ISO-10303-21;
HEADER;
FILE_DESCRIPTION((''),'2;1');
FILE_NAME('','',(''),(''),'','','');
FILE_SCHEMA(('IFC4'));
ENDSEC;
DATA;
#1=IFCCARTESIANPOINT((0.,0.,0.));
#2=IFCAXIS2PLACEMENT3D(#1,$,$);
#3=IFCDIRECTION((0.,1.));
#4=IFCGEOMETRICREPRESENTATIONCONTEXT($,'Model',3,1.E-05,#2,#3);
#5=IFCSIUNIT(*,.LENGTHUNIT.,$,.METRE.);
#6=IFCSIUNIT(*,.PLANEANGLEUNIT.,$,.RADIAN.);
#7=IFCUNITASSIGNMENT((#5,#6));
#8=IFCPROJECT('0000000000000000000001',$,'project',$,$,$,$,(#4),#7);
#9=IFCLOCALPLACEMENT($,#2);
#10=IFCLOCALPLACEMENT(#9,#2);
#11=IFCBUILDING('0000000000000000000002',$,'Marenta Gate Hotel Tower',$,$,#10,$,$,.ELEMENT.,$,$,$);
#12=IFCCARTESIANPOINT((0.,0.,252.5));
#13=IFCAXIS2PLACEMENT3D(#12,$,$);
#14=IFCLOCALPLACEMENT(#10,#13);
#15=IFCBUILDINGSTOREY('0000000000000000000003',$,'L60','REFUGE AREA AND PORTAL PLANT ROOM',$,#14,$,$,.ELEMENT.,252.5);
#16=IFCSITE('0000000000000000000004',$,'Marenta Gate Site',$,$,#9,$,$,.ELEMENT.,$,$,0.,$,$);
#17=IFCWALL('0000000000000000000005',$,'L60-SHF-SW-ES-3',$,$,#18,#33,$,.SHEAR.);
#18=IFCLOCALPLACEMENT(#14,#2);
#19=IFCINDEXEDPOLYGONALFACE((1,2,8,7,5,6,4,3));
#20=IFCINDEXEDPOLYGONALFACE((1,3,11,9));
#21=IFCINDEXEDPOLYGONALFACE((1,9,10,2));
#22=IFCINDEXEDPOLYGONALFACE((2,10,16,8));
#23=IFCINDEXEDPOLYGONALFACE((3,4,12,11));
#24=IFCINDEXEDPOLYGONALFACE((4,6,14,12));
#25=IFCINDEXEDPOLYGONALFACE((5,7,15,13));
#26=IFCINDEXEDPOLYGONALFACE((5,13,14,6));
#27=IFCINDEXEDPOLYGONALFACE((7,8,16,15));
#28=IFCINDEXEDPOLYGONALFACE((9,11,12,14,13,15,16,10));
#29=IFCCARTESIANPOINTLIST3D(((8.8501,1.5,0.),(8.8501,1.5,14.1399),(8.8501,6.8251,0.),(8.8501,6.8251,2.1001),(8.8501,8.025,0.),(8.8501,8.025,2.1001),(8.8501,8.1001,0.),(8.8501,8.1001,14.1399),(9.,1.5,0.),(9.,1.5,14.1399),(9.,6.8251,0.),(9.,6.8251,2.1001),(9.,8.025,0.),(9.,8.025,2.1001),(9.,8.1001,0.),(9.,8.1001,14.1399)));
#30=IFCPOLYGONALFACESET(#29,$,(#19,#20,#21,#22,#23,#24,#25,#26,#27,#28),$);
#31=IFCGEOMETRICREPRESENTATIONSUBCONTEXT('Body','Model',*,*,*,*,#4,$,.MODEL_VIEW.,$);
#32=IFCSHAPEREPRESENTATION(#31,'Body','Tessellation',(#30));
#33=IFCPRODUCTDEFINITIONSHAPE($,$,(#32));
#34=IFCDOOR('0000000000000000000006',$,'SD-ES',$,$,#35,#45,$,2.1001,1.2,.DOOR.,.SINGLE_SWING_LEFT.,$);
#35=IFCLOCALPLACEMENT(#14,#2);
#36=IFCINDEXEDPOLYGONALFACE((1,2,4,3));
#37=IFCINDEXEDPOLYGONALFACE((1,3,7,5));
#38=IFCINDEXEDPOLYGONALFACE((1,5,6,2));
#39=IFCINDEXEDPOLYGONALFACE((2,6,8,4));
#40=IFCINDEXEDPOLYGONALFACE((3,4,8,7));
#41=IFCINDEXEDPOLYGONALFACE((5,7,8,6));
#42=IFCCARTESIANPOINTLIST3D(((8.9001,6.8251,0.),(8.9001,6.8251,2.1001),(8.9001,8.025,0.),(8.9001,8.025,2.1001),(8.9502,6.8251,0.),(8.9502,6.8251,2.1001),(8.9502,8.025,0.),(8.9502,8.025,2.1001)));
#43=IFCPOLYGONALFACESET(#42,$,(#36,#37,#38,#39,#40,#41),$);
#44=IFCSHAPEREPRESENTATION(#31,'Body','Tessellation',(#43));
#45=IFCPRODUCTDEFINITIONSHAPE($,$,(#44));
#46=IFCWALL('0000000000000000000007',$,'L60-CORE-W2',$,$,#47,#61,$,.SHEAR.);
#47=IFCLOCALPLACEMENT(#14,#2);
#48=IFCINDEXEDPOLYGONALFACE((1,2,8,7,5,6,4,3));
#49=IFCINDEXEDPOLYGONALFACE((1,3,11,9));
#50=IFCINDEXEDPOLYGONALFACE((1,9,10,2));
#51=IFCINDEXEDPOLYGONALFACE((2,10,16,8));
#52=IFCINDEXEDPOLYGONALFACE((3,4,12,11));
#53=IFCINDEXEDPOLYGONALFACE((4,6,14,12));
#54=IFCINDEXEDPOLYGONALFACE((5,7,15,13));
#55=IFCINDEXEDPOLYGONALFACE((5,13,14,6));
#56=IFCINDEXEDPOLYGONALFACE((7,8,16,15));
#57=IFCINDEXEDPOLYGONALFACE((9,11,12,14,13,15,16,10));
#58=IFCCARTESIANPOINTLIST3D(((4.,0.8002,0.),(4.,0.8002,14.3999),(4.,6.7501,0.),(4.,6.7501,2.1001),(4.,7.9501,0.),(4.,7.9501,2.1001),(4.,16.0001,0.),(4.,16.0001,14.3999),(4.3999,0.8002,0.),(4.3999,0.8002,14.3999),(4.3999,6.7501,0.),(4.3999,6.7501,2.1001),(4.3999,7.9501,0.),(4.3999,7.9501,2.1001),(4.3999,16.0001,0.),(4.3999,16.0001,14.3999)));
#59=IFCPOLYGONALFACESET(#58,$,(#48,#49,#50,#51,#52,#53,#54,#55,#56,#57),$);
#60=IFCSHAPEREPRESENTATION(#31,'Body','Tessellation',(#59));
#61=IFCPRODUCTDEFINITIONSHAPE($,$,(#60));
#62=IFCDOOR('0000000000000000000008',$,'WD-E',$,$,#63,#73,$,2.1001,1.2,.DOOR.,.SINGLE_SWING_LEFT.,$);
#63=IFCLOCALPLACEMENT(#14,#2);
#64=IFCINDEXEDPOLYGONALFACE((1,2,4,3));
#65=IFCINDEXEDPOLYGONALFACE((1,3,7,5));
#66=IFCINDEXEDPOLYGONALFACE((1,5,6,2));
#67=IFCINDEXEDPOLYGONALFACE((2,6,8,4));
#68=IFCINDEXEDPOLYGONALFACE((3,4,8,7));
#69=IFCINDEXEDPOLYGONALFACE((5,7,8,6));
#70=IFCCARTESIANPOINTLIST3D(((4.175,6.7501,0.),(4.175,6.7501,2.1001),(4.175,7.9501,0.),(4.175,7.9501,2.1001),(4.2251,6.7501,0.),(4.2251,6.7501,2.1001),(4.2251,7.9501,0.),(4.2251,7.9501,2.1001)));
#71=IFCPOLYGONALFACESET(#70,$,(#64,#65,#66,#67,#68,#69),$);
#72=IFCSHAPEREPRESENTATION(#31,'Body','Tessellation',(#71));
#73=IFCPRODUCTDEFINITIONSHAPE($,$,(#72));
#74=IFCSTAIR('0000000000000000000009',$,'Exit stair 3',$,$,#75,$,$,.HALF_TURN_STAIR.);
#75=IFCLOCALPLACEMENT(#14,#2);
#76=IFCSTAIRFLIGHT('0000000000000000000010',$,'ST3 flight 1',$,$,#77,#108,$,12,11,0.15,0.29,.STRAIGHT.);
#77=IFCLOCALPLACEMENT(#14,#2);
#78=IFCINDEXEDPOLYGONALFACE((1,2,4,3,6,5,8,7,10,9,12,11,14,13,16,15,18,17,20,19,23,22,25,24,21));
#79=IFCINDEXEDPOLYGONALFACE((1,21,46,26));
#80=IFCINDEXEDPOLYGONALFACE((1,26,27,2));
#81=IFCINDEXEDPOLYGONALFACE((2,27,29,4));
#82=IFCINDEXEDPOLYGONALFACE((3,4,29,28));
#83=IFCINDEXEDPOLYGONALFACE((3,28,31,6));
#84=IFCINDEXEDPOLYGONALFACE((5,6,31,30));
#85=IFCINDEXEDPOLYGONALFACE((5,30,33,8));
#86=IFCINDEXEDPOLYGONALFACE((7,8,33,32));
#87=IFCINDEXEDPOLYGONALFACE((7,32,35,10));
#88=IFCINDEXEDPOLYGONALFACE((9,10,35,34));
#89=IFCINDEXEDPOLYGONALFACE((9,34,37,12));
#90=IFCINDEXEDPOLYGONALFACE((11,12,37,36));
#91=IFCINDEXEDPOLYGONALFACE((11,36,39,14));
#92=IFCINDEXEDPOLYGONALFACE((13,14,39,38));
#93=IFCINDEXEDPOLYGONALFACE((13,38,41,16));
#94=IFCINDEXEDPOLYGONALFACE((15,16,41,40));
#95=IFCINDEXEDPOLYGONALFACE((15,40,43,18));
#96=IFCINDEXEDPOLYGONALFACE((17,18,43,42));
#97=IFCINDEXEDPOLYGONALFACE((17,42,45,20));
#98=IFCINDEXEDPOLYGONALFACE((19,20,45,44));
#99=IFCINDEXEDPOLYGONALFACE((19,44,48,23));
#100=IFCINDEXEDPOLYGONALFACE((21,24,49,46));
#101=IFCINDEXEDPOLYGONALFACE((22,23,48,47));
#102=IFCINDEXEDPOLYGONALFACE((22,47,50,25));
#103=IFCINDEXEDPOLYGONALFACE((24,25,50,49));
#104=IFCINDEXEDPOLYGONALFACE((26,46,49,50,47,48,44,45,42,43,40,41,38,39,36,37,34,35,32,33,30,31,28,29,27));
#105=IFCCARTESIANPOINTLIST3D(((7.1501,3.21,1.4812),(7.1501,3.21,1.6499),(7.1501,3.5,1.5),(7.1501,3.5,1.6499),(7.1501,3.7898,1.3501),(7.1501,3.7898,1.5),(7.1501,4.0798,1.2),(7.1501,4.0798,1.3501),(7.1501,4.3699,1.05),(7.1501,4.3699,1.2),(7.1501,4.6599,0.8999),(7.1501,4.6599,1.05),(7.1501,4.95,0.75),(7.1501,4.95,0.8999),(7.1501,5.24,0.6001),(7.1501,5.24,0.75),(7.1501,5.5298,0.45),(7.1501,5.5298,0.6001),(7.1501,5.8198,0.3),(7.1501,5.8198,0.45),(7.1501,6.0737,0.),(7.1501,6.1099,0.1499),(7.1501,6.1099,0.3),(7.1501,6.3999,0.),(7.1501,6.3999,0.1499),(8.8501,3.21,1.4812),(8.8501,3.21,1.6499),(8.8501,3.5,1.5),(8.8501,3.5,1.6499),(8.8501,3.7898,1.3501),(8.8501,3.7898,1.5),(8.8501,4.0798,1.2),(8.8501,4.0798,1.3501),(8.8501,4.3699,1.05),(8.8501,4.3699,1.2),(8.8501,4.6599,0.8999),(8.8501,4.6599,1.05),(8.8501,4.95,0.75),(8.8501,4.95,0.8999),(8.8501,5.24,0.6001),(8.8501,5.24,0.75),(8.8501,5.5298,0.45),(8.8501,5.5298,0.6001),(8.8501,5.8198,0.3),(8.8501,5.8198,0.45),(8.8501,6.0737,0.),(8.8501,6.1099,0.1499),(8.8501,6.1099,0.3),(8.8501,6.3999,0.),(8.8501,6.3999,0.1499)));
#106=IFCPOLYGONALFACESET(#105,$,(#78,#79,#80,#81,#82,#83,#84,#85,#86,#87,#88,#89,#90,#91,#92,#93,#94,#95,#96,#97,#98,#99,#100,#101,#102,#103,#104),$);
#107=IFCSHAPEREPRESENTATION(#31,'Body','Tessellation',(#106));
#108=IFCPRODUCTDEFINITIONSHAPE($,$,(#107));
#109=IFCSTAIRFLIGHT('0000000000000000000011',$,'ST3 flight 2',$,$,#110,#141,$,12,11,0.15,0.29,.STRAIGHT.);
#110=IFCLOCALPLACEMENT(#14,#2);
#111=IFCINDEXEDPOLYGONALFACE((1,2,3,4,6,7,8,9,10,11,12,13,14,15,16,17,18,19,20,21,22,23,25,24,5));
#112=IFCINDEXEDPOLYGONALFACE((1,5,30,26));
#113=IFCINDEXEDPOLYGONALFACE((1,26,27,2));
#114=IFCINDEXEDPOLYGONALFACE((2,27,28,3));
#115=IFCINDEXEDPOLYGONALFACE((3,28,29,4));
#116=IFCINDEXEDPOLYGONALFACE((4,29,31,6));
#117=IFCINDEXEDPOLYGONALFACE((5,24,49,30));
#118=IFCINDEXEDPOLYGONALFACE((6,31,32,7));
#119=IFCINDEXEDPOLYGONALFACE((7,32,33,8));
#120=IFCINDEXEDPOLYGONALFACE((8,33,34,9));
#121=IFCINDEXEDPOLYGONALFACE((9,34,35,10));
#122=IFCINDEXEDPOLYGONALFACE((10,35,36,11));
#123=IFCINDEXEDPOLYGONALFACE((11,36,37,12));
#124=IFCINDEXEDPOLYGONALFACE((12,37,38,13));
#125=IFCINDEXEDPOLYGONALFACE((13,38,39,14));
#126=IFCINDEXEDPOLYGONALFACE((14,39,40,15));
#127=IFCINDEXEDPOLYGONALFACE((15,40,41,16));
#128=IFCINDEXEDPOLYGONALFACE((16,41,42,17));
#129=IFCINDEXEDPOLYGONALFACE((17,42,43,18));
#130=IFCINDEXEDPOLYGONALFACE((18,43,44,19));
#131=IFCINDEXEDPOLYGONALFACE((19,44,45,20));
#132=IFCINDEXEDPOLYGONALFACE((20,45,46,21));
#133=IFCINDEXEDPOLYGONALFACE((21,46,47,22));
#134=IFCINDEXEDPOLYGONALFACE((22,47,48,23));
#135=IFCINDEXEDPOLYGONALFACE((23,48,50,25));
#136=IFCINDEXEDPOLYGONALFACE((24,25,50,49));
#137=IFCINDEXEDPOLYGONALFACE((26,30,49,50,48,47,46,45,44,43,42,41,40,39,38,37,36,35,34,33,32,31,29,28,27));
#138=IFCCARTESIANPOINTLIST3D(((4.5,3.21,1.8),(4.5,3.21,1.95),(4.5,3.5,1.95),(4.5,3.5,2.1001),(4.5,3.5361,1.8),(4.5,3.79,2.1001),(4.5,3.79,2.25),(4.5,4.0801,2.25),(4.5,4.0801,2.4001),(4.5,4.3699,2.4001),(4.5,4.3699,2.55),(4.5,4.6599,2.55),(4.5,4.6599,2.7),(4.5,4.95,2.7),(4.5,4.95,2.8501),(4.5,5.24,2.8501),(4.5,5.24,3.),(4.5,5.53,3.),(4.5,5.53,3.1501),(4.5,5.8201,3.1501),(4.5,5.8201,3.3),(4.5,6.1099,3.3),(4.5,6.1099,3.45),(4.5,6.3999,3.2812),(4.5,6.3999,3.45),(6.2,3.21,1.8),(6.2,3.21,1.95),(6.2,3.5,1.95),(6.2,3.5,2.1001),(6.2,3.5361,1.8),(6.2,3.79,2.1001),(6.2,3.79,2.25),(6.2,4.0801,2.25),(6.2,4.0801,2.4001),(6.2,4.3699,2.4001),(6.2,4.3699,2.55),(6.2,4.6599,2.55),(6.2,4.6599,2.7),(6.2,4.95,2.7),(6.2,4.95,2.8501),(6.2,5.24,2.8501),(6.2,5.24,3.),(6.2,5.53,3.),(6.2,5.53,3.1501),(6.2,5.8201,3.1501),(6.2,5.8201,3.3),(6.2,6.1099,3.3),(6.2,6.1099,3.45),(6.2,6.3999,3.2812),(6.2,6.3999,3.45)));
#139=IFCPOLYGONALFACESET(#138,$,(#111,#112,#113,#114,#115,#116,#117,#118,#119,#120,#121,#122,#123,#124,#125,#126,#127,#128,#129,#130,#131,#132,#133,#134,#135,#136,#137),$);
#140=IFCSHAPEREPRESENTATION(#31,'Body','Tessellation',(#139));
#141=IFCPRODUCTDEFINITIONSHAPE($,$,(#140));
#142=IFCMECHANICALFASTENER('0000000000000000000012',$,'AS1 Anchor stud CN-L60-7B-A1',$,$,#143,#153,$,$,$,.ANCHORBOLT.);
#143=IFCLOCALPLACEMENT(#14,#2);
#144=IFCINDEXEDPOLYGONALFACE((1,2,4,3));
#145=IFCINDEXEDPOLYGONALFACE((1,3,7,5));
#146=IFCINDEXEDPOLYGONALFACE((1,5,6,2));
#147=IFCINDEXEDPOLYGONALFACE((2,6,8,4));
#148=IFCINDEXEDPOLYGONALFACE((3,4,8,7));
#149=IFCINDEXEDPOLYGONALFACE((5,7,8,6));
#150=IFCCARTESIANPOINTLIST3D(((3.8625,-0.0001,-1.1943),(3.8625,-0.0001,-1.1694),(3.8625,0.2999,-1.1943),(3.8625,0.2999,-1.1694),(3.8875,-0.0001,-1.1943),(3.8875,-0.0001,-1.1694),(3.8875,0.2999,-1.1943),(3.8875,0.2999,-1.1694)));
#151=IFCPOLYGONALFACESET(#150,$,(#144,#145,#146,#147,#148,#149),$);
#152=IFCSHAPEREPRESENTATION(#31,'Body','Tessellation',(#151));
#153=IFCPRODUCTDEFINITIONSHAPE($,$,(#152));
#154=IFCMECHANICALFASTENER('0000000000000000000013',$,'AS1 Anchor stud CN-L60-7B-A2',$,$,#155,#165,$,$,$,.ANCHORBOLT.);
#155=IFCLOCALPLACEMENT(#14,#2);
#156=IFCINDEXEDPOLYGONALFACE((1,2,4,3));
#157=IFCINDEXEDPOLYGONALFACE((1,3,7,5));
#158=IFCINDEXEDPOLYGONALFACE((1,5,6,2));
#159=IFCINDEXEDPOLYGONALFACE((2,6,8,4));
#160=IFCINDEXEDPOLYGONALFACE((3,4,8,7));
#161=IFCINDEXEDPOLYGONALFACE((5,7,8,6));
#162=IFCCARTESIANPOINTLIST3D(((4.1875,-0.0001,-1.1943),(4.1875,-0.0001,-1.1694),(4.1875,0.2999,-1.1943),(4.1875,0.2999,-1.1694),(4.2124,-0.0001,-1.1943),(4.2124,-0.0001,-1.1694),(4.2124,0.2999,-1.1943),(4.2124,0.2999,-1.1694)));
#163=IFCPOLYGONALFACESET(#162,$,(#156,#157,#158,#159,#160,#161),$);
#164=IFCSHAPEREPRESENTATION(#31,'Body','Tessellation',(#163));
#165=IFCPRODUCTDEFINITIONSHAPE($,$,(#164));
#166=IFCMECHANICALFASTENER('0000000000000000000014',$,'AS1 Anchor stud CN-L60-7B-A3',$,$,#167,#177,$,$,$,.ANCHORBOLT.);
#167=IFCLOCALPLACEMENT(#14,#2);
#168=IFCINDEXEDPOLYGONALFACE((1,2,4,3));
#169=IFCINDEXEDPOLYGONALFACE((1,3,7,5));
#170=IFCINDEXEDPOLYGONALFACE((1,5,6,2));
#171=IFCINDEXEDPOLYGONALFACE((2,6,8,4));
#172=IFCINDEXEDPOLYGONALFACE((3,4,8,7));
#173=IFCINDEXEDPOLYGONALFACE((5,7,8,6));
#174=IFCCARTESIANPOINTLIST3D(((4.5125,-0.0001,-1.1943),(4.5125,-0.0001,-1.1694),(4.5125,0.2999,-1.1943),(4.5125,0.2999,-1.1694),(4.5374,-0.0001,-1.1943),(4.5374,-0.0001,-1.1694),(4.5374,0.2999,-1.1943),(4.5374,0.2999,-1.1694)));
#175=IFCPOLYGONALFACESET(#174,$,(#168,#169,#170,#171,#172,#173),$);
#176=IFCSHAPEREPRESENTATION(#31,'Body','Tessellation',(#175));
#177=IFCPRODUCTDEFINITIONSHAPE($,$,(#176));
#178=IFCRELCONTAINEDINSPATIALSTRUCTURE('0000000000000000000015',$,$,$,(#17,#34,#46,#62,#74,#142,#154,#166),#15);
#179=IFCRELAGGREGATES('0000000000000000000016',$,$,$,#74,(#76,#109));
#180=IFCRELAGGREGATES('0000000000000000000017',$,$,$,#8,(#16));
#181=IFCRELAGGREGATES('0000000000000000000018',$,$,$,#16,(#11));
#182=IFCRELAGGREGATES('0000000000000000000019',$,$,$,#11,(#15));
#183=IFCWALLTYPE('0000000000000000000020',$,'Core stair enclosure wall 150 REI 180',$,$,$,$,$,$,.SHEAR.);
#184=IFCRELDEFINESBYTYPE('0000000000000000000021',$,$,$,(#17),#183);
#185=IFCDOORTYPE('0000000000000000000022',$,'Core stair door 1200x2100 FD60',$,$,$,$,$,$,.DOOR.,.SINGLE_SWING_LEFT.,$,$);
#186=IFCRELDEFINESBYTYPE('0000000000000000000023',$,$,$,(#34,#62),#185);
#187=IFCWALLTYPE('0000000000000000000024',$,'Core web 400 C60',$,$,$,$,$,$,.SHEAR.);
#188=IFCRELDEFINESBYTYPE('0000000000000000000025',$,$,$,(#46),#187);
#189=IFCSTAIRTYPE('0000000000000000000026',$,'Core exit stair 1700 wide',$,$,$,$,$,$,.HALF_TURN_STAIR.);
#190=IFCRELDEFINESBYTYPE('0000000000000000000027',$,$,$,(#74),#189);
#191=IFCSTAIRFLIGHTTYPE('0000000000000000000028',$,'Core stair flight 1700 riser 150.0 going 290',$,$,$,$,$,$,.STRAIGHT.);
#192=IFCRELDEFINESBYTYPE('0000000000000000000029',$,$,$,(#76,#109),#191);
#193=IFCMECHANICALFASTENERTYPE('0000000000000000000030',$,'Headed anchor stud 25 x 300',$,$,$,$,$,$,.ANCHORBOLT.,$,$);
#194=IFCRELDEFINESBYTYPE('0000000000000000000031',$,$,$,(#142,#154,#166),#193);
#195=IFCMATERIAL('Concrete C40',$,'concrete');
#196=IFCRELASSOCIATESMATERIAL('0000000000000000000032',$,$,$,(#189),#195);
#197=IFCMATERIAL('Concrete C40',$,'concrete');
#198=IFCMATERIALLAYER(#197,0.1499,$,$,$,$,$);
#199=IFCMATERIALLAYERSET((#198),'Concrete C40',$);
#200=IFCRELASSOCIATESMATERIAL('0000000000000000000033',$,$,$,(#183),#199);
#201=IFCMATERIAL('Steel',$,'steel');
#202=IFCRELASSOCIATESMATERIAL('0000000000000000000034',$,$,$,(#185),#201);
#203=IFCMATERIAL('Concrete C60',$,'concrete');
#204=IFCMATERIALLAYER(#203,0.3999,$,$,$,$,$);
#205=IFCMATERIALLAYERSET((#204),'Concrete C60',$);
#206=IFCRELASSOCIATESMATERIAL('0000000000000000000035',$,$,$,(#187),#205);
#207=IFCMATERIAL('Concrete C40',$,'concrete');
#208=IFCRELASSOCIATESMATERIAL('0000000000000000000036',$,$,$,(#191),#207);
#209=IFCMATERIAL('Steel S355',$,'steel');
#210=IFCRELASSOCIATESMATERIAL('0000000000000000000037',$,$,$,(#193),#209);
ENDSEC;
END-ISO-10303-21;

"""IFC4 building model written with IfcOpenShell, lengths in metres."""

from ifc_helpers import new_model, si_unit, direction, frame, frame_2d, origin, origin_2d, place, context, subcontext, project, spatial, polyline, rectangle, outline, extrude, material, layer, layer_set, type_object, element, fill, aggregate, save


model = new_model("IFC4")

# Units and contexts
model_context = context("Model", 3, precision=1e-05, world=origin(), true_north=direction((0.0, 1.0)))
body_context = subcontext(model_context, "Body", "Model", "MODEL_VIEW")
ifc_project = project(units=[si_unit("LENGTHUNIT", "METRE"), si_unit("PLANEANGLEUNIT", "RADIAN")], contexts=[model_context])

# Site, building, storey
site_placement = place(None, origin())
site = spatial("IfcSite", under=ifc_project, at=site_placement, Name="Marenta Gate Site", CompositionType="ELEMENT", RefElevation=0.0)
building_placement = place(site_placement, origin())
building = spatial("IfcBuilding", under=site, at=building_placement, Name="Marenta Gate Hotel Tower", CompositionType="ELEMENT")
storey_placement = place(building_placement, frame((0.0, 0.0, 252.5)))
storey = spatial("IfcBuildingStorey", under=building, at=storey_placement, Name="L60", Description="REFUGE AREA AND PORTAL PLANT ROOM", CompositionType="ELEMENT", Elevation=252.5)

# Shared definitions
ifc_material_1 = material(Name="Concrete C40", Category="concrete")
stair_type = type_object("IfcStairType", Name="Core exit stair 1700 wide", PredefinedType="HALF_TURN_STAIR", material=ifc_material_1)

# Walls, openings, doors
ifc_material_2 = material(Name="Concrete C40", Category="concrete")
ifc_layer_1 = layer(ifc_material_2, 0.1499)
ifc_layer_set_1 = layer_set([ifc_layer_1], Name="Concrete C40")
wall_type_1 = type_object("IfcWallType", Name="Core stair enclosure wall 150 REI 180", PredefinedType="SHEAR", material=ifc_layer_set_1)
wall_1_placement = place(storey_placement, frame((8.925, 1.5, 0.0), z_axis=(0.0, 0.0, 1.0), x_axis=(0.0, 1.0, 0.0)))
wall_1 = element("IfcWall", 1, at=wall_1_placement, inside=storey, type_object=wall_type_1, Name="L60-SHF-SW-ES-3", PredefinedType="SHEAR", context=body_context, shape_type="SweptSolid", body=[
    extrude(rectangle(XDim=6.6001, YDim=0.1499, at=frame_2d((3.3, 0.0))), origin(), (0.0, 0.0, 1.0), 14.1399),
])
opening_1_placement = place(wall_1_placement, frame((5.325, 0.0, 0.0)))
opening_1 = element("IfcOpeningElement", 2, at=opening_1_placement, cuts=wall_1, PredefinedType="OPENING", context=body_context, shape_type="SweptSolid", body=[
    extrude(rectangle(XDim=1.2, YDim=2.1001, at=frame_2d((0.6001, 1.05))), frame((0.0, 0.075, 0.0), z_axis=(0.0, -1.0, 0.0), x_axis=(1.0, 0.0, 0.0)), (0.0, 0.0, 1.0), 0.1499),
])
ifc_material_3 = material(Name="Steel", Category="steel")
door_type_1 = type_object("IfcDoorType", Name="Core stair door 1200x2100 FD60", OperationType="SINGLE_SWING_LEFT", PredefinedType="DOOR", material=ifc_material_3)
door_1_placement = place(opening_1_placement, origin())
door_1 = element("IfcDoor", 3, at=door_1_placement, inside=storey, type_object=door_type_1, Name="SD-ES", OperationType="SINGLE_SWING_LEFT", OverallHeight=2.1001, OverallWidth=1.2, PredefinedType="DOOR", context=body_context, shape_type="SweptSolid", body=[
    extrude(rectangle(XDim=1.2, YDim=2.1001, at=frame_2d((0.6001, 1.05))), frame((0.0, 0.0249, 0.0), z_axis=(0.0, -1.0, 0.0), x_axis=(1.0, 0.0, 0.0)), (0.0, 0.0, 1.0), 0.05),
])
fill(opening_1, door_1)
ifc_material_4 = material(Name="Concrete C60", Category="concrete")
ifc_layer_2 = layer(ifc_material_4, 0.3999)
ifc_layer_set_2 = layer_set([ifc_layer_2], Name="Concrete C60")
wall_type_2 = type_object("IfcWallType", Name="Core web 400 C60", PredefinedType="SHEAR", material=ifc_layer_set_2)
wall_2_placement = place(storey_placement, frame((4.2, 0.8, 0.0), z_axis=(0.0, 0.0, 1.0), x_axis=(0.0, 1.0, 0.0)))
wall_2 = element("IfcWall", 4, at=wall_2_placement, inside=storey, type_object=wall_type_2, Name="L60-CORE-W2", PredefinedType="SHEAR", context=body_context, shape_type="SweptSolid", body=[
    extrude(rectangle(XDim=15.2, YDim=0.3999, at=frame_2d((7.6001, 0.0))), origin(), (0.0, 0.0, 1.0), 14.3999),
])
opening_2_placement = place(wall_2_placement, frame((5.95, 0.0, 0.0)))
opening_2 = element("IfcOpeningElement", 5, at=opening_2_placement, cuts=wall_2, PredefinedType="OPENING", context=body_context, shape_type="SweptSolid", body=[
    extrude(rectangle(XDim=1.2, YDim=2.1001, at=frame_2d((0.6001, 1.05))), frame((0.0, 0.2, 0.0), z_axis=(0.0, -1.0, 0.0), x_axis=(1.0, 0.0, 0.0)), (0.0, 0.0, 1.0), 0.3999),
])
door_2_placement = place(opening_2_placement, origin())
door_2 = element("IfcDoor", 6, at=door_2_placement, inside=storey, type_object=door_type_1, Name="WD-E", OperationType="SINGLE_SWING_LEFT", OverallHeight=2.1001, OverallWidth=1.2, PredefinedType="DOOR", context=body_context, shape_type="SweptSolid", body=[
    extrude(rectangle(XDim=1.2, YDim=2.1001, at=frame_2d((0.6001, 1.05))), frame((0.0, 0.0249, 0.0), z_axis=(0.0, -1.0, 0.0), x_axis=(1.0, 0.0, 0.0)), (0.0, 0.0, 1.0), 0.05),
])
fill(opening_2, door_2)

# Stair, stair flights
stair_1_placement = place(storey_placement, origin())
stair_1 = element("IfcStair", 7, at=stair_1_placement, inside=storey, type_object=stair_type, Name="Exit stair 3", PredefinedType="HALF_TURN_STAIR")
ifc_material_5 = material(Name="Concrete C40", Category="concrete")
stair_flight_type = type_object("IfcStairFlightType", Name="Core stair flight 1700 riser 150.0 going 290", PredefinedType="STRAIGHT", material=ifc_material_5)
stair_flight_1_placement = place(storey_placement, frame((8.0, 6.3999, 0.0), z_axis=(0.0, 0.0, 1.0), x_axis=(0.0, -1.0, 0.0)))
stair_flight_1 = element("IfcStairFlight", 8, at=stair_flight_1_placement, type_object=stair_flight_type, Name="ST3 flight 1", NumberOfRisers=12, NumberOfTreads=11, PredefinedType="STRAIGHT", RiserHeight=0.15, TreadLength=0.29, context=body_context, shape_type="SweptSolid", body=[
    extrude(outline(polyline([(0.0, 0.0), (0.0, 0.1499), (0.29, 0.1499), (0.29, 0.3), (0.5801, 0.3), (0.5801, 0.45), (0.8701, 0.45), (0.8701, 0.6001), (1.1599, 0.6001), (1.1599, 0.75), (1.45, 0.75), (1.45, 0.8999), (1.74, 0.8999), (1.74, 1.05), (2.03, 1.05), (2.03, 1.2), (2.3201, 1.2), (2.3201, 1.3501), (2.6101, 1.3501), (2.6101, 1.5), (2.8999, 1.5), (2.8999, 1.6499), (3.1899, 1.6499), (3.1899, 1.8), (3.1899, 1.4812), (0.3262, 0.0), (0.0, 0.0)])), frame((0.0, 0.8501, 0.0), z_axis=(0.0, -1.0, 0.0), x_axis=(1.0, 0.0, 0.0)), (0.0, 0.0, 1.0), 1.7),
])
stair_flight_2_placement = place(storey_placement, frame((5.3501, 3.21, 1.8), z_axis=(0.0, 0.0, 1.0), x_axis=(0.0, 1.0, 0.0)))
stair_flight_2 = element("IfcStairFlight", 9, at=stair_flight_2_placement, type_object=stair_flight_type, Name="ST3 flight 2", NumberOfRisers=12, NumberOfTreads=11, PredefinedType="STRAIGHT", RiserHeight=0.15, TreadLength=0.29, context=body_context, shape_type="SweptSolid", body=[
    extrude(outline(polyline([(0.0, 0.0), (0.0, 0.1499), (0.29, 0.1499), (0.29, 0.3), (0.5801, 0.3), (0.5801, 0.45), (0.8701, 0.45), (0.8701, 0.6001), (1.1599, 0.6001), (1.1599, 0.75), (1.45, 0.75), (1.45, 0.8999), (1.74, 0.8999), (1.74, 1.05), (2.03, 1.05), (2.03, 1.2), (2.3201, 1.2), (2.3201, 1.3501), (2.6101, 1.3501), (2.6101, 1.5), (2.8999, 1.5), (2.8999, 1.6499), (3.1899, 1.6499), (3.1899, 1.8), (3.1899, 1.4812), (0.3262, 0.0), (0.0, 0.0)])), frame((0.0, 0.8501, 0.0), z_axis=(0.0, -1.0, 0.0), x_axis=(1.0, 0.0, 0.0)), (0.0, 0.0, 1.0), 1.7),
])
aggregate(stair_1, [stair_flight_1, stair_flight_2])

# Mechanical fasteners
ifc_material_6 = material(Name="Steel S355", Category="steel")
mechanical_fastener_type = type_object("IfcMechanicalFastenerType", Name="Headed anchor stud 25 x 300", PredefinedType="ANCHORBOLT", material=ifc_material_6)
for number, where, z_axis, x_axis, name in (
    (10, (3.875, 0.1499, -1.1943), (0.0, 0.0, 1.0), (1.0, 0.0, 0.0), "AS1 Anchor stud CN-L60-7B-A1"),
    (11, (4.2, 0.1499, -1.1943), (0.0, 0.0, 1.0), (1.0, 0.0, 0.0), "AS1 Anchor stud CN-L60-7B-A2"),
    (12, (4.5249, 0.1499, -1.1943), (0.0, 0.0, 1.0), (1.0, 0.0, 0.0), "AS1 Anchor stud CN-L60-7B-A3"),
):
    element("IfcMechanicalFastener", number, at=place(storey_placement, frame(where, z_axis=z_axis, x_axis=x_axis)), inside=storey, type_object=mechanical_fastener_type, Name=name, PredefinedType="ANCHORBOLT", context=body_context, shape_type="SweptSolid", body=[
        extrude(rectangle(XDim=0.0249, YDim=0.3, at=origin_2d()), origin(), (0.0, 0.0, 1.0), 0.0249),
    ])

save(model, "model.ifc")
